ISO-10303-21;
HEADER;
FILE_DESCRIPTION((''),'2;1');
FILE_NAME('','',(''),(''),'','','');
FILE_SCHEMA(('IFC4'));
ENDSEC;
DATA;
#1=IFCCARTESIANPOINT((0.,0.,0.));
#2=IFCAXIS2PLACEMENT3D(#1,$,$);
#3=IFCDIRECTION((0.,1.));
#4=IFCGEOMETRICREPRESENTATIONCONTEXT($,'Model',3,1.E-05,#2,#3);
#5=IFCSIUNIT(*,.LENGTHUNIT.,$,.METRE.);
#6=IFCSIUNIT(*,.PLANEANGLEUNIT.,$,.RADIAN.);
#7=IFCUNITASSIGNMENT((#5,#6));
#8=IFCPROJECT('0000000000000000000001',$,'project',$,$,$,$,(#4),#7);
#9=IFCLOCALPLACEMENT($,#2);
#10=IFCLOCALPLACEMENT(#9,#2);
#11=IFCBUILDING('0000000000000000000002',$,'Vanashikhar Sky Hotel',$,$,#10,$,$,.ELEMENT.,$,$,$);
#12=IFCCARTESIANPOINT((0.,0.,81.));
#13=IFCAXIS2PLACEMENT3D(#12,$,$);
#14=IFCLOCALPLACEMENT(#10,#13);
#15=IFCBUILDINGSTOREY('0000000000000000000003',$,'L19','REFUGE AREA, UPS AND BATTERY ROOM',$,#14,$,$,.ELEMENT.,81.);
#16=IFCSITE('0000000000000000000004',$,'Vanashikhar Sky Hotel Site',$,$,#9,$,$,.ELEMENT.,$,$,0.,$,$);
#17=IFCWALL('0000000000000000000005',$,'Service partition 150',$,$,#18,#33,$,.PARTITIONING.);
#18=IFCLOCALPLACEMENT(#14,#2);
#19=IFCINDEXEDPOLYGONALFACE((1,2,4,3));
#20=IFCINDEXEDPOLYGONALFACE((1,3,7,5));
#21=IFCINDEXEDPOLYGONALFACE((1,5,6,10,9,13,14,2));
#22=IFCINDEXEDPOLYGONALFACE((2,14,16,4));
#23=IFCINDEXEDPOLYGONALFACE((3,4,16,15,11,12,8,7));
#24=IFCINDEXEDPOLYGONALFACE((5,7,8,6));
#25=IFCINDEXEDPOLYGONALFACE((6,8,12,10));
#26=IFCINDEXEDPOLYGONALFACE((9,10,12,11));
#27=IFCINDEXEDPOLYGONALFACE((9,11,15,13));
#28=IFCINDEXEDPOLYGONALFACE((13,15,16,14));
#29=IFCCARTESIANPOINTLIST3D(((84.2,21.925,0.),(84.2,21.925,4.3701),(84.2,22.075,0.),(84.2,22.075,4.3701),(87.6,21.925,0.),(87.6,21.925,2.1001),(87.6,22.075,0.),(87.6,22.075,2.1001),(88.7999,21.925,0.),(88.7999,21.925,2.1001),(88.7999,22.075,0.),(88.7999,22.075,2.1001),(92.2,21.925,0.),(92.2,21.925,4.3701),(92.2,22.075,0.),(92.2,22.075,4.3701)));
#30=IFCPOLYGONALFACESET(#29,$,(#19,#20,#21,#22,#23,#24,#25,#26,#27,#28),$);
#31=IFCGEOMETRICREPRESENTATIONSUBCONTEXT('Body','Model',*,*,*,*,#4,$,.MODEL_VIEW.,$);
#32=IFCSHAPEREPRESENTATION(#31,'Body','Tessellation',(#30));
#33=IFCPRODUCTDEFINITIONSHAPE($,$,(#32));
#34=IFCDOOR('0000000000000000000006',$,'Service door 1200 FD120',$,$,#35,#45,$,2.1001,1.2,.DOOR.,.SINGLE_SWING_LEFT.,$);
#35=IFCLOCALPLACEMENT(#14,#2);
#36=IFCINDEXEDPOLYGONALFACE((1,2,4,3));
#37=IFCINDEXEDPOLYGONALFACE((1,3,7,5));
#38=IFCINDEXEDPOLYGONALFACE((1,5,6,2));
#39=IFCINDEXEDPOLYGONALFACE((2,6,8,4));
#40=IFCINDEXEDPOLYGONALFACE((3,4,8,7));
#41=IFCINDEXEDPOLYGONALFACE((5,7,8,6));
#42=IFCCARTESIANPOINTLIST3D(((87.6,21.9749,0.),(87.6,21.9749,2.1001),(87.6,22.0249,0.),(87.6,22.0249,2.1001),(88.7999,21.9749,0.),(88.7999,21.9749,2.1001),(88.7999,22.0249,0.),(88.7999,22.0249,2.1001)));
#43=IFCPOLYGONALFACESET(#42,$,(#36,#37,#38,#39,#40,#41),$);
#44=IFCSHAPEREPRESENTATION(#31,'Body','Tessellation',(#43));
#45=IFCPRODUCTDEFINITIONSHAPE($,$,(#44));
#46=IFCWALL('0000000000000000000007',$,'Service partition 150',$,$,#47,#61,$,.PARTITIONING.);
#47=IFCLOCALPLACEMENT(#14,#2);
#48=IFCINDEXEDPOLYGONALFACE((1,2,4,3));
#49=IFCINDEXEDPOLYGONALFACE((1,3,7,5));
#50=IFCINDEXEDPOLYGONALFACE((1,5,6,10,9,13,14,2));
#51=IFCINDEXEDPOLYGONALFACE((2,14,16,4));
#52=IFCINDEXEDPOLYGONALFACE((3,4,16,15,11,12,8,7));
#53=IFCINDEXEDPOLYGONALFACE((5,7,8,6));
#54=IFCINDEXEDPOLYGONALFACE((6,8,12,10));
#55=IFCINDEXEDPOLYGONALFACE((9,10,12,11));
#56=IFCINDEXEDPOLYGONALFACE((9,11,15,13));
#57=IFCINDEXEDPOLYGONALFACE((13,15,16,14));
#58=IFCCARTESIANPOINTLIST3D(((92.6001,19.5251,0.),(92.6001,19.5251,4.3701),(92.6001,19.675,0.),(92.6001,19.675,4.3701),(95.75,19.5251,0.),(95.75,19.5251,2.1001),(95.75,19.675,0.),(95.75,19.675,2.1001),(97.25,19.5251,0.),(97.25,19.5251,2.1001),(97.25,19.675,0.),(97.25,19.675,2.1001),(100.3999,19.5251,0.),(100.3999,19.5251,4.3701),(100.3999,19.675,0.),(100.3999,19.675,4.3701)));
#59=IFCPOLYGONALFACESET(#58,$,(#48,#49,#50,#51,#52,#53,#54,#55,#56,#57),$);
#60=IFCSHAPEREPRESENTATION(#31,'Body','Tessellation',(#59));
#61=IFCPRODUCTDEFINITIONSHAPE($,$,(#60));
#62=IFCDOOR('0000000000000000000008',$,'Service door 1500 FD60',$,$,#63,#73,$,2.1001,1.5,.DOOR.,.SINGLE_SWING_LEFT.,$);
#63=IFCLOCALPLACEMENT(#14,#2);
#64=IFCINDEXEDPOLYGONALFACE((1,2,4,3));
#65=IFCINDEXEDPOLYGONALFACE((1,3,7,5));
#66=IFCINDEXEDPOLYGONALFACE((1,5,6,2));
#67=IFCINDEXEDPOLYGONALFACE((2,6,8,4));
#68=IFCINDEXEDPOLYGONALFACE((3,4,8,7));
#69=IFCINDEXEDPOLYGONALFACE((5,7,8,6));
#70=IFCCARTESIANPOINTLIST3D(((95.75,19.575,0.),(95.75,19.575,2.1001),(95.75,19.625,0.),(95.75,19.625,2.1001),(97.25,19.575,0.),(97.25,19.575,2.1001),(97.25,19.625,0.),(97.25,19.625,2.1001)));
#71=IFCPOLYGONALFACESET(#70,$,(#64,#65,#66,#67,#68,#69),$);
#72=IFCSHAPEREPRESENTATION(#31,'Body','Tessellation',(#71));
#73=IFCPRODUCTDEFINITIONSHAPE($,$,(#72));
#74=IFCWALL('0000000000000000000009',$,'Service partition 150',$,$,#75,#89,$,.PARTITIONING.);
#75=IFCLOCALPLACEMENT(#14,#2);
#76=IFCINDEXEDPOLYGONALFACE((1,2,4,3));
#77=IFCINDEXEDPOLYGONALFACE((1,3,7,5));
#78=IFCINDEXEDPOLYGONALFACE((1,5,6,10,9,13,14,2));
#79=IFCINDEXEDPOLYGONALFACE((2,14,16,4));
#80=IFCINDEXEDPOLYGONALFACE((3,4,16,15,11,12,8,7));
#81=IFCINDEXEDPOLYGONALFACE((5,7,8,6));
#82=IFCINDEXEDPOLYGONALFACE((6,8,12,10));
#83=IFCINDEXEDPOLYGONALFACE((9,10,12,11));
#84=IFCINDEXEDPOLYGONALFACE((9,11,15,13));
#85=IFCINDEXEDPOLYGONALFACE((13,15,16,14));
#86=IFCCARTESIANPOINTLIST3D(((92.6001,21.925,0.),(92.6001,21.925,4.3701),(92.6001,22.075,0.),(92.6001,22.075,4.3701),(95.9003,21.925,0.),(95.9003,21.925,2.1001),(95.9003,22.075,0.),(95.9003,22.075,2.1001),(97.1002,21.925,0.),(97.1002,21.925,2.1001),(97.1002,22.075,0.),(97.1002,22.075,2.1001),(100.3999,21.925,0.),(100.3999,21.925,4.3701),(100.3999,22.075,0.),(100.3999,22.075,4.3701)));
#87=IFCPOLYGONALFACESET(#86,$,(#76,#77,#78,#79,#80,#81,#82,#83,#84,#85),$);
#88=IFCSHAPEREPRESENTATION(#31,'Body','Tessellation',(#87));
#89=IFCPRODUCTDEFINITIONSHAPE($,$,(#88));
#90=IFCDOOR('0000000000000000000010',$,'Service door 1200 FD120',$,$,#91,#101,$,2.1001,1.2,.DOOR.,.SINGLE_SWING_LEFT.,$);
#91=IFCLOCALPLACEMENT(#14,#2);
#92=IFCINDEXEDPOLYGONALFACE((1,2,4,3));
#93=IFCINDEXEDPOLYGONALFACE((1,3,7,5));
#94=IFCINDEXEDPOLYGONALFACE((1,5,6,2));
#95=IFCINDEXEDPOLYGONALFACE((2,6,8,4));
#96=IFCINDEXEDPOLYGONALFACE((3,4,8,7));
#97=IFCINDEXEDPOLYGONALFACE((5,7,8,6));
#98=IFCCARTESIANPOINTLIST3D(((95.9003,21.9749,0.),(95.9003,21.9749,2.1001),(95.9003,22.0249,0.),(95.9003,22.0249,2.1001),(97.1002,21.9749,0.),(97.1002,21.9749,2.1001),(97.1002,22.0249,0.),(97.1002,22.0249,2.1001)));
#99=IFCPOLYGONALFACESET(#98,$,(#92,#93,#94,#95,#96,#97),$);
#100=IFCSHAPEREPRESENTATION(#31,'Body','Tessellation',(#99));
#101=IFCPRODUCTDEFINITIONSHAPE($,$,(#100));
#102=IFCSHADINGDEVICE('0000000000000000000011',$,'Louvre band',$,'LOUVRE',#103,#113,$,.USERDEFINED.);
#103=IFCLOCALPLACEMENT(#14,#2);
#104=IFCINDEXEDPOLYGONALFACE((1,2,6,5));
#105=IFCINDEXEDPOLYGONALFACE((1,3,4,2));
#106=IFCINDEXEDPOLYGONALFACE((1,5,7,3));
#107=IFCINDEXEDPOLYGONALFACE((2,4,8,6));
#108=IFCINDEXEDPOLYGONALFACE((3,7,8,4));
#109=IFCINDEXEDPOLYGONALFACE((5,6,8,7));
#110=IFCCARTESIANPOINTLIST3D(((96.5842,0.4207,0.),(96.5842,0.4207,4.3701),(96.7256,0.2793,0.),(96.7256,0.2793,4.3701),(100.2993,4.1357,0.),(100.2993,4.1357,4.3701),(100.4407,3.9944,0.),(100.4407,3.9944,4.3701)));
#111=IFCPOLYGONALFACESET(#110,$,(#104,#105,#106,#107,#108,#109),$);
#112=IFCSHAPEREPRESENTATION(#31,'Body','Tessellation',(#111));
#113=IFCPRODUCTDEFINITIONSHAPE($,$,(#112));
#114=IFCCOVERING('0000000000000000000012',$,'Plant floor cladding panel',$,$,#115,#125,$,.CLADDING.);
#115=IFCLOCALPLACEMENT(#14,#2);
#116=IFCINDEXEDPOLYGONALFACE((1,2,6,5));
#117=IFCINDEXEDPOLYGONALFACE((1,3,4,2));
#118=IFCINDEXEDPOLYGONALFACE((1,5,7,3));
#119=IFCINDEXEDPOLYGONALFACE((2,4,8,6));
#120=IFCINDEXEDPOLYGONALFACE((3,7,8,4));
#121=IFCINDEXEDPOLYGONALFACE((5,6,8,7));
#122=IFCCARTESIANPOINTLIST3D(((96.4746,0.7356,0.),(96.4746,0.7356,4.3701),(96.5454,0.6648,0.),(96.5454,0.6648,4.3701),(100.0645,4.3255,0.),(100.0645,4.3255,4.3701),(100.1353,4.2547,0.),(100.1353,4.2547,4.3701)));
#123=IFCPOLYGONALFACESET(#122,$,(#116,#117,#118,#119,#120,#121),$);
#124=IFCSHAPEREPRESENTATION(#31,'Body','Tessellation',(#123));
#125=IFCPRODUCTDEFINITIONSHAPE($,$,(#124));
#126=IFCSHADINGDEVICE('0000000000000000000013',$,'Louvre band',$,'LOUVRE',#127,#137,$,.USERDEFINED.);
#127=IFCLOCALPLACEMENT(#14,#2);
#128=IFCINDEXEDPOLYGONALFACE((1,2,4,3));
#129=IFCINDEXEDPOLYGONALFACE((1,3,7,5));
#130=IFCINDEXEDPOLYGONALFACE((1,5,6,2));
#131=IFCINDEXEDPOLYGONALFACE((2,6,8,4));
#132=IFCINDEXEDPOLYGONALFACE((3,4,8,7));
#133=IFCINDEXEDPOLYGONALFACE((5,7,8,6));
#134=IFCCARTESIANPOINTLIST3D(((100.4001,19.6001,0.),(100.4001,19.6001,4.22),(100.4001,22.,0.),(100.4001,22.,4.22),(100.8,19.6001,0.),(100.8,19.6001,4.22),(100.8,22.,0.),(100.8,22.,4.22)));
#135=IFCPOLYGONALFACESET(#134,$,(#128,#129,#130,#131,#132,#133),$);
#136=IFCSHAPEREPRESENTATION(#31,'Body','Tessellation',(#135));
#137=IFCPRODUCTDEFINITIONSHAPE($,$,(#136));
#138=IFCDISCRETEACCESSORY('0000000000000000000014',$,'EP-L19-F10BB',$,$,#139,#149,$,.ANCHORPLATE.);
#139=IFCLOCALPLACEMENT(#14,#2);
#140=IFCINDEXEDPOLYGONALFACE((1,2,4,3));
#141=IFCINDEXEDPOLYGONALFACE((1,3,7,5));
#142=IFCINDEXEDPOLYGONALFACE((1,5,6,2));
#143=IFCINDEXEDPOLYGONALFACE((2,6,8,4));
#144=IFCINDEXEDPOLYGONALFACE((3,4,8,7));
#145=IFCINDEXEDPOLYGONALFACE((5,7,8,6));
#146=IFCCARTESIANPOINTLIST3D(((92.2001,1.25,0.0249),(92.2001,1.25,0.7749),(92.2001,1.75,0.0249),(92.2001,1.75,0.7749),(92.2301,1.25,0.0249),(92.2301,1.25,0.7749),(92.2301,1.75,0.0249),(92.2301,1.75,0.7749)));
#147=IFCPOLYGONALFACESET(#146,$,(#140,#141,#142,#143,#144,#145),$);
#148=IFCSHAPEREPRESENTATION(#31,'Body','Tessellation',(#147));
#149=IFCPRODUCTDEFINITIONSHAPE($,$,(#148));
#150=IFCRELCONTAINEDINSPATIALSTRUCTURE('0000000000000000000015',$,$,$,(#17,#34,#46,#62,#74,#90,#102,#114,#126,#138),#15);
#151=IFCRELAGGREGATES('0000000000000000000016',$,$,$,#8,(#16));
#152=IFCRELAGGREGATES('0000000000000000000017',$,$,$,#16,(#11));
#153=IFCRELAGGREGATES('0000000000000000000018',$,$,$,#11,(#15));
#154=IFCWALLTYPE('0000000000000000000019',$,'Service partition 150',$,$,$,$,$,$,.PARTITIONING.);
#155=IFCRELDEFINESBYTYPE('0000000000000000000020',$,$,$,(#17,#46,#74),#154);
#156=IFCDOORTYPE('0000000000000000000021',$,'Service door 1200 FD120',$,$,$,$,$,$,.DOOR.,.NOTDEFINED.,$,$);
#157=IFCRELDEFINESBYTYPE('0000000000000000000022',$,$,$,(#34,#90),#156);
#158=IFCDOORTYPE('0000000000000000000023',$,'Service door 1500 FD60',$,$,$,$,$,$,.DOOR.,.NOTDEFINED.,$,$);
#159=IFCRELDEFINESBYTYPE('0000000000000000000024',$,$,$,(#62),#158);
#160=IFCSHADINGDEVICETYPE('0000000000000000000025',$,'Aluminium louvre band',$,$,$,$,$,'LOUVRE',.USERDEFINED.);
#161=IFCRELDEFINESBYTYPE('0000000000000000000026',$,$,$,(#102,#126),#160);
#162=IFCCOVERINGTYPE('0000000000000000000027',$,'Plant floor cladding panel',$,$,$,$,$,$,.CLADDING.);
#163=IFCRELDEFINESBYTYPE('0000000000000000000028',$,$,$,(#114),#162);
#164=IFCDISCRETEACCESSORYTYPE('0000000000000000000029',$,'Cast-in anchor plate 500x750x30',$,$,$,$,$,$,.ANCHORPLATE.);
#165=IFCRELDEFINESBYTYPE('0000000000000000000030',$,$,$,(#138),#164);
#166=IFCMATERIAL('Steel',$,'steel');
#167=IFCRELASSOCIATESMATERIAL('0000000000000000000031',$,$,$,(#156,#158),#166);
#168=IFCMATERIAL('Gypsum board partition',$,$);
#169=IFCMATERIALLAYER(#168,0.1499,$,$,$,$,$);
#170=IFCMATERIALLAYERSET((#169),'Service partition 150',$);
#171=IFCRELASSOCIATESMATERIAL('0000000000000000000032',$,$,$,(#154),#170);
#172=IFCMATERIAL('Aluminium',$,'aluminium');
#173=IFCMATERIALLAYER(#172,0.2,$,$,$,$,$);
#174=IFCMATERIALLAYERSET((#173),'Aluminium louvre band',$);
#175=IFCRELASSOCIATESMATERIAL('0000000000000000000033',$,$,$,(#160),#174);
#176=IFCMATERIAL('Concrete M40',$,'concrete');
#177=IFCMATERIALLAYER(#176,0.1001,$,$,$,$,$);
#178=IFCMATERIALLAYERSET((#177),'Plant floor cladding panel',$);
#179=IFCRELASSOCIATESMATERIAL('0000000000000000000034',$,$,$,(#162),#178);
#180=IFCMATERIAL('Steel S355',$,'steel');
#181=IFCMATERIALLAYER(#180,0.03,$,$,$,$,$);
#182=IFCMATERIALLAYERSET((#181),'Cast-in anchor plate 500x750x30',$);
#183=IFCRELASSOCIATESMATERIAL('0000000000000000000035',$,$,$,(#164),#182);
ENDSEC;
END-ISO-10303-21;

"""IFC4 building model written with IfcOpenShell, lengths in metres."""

from ifc_helpers import new_model, si_unit, direction, frame, frame_2d, origin, origin_2d, place, context, subcontext, project, spatial, rectangle, extrude, source, transform, mapped, material, layer, layer_set, type_object, element, fill, save


model = new_model("IFC4")

# Units and contexts
model_context = context("Model", 3, precision=1e-05, world=origin(), true_north=direction((0.0, 1.0)))
body_context = subcontext(model_context, "Body", "Model", "MODEL_VIEW")
ifc_project = project(units=[si_unit("LENGTHUNIT", "METRE"), si_unit("PLANEANGLEUNIT", "RADIAN")], contexts=[model_context])

# Site, building, storey
site_placement = place(None, origin())
site = spatial("IfcSite", under=ifc_project, at=site_placement, Name="Vanashikhar Sky Hotel Site", CompositionType="ELEMENT", RefElevation=0.0)
building_placement = place(site_placement, origin())
building = spatial("IfcBuilding", under=site, at=building_placement, Name="Vanashikhar Sky Hotel", CompositionType="ELEMENT")
storey_placement = place(building_placement, frame((0.0, 0.0, 81.0)))
storey = spatial("IfcBuildingStorey", under=building, at=storey_placement, Name="L19", Description="REFUGE AREA, UPS AND BATTERY ROOM", CompositionType="ELEMENT", Elevation=81.0)

# Shared definitions
ifc_material_1 = material(Name="Steel S355", Category="steel")

# Walls, openings, doors
ifc_material_2 = material(Name="Steel", Category="steel")
door_type_1 = type_object("IfcDoorType", Name="Service door 1200 FD120", OperationType="NOTDEFINED", PredefinedType="DOOR", material=ifc_material_2)
shared_shape_1 = source(origin(), body_context, "Body", "SweptSolid", [
    extrude(rectangle(XDim=1.2, YDim=2.1001, at=frame_2d((0.6001, 1.05))), frame((0.0, 0.0249, 0.0), z_axis=(0.0, -1.0, 0.0), x_axis=(1.0, 0.0, 0.0)), (0.0, 0.0, 1.0), 0.05),
])
ifc_material_3 = material(Name="Gypsum board partition")
ifc_layer_1 = layer(ifc_material_3, 0.1499)
ifc_layer_set_1 = layer_set([ifc_layer_1], Name="Service partition 150")
wall_type_1 = type_object("IfcWallType", Name="Service partition 150", PredefinedType="PARTITIONING", material=ifc_layer_set_1)
shared_shape_2 = source(origin(), body_context, "Body", "SweptSolid", [
    extrude(rectangle(XDim=8.0, YDim=0.1499, at=frame_2d((4.0, 0.0))), origin(), (0.0, 0.0, 1.0), 4.3701),
])
shared_shape_3 = source(origin(), body_context, "Body", "SweptSolid", [
    extrude(rectangle(XDim=1.5, YDim=2.1001, at=frame_2d((0.75, 1.05))), frame((0.0, 0.085, 0.0), z_axis=(0.0, -1.0, 0.0), x_axis=(1.0, 0.0, 0.0)), (0.0, 0.0, 1.0), 0.1699),
])
door_type_2 = type_object("IfcDoorType", Name="Service door 1500 FD60", OperationType="NOTDEFINED", PredefinedType="DOOR", material=ifc_material_2)
shared_shape_4 = source(origin(), body_context, "Body", "SweptSolid", [
    extrude(rectangle(XDim=1.5, YDim=2.1001, at=frame_2d((0.75, 1.05))), frame((0.0, 0.0249, 0.0), z_axis=(0.0, -1.0, 0.0), x_axis=(1.0, 0.0, 0.0)), (0.0, 0.0, 1.0), 0.05),
])
wall_1_placement = place(storey_placement, frame((84.2, 22.0, 0.0), z_axis=(0.0, 0.0, 1.0), x_axis=(1.0, 0.0, 0.0)))
wall_1 = element("IfcWall", 1, at=wall_1_placement, inside=storey, type_object=wall_type_1, Name="Service partition 150", PredefinedType="PARTITIONING", context=body_context, shape_type="MappedRepresentation", body=[
    mapped(shared_shape_2, transform((0.0, 0.0, 0.0), scale=1.0)),
])
shared_shape_5 = source(origin(), body_context, "Body", "SweptSolid", [
    extrude(rectangle(XDim=1.2, YDim=2.1001, at=frame_2d((0.6001, 1.05))), frame((0.0, 0.085, 0.0), z_axis=(0.0, -1.0, 0.0), x_axis=(1.0, 0.0, 0.0)), (0.0, 0.0, 1.0), 0.1699),
])
opening_1_placement = place(wall_1_placement, frame((3.3999, 0.0, 0.0)))
opening_1 = element("IfcOpeningElement", 2, at=opening_1_placement, cuts=wall_1, PredefinedType="OPENING", context=body_context, shape_type="MappedRepresentation", body=[
    mapped(shared_shape_5, transform((0.0, 0.0, 0.0), scale=1.0)),
])
door_1_placement = place(opening_1_placement, origin())
door_1 = element("IfcDoor", 3, at=door_1_placement, inside=storey, type_object=door_type_1, Name="Service door 1200 FD120", OperationType="SINGLE_SWING_LEFT", OverallHeight=2.1001, OverallWidth=1.2, PredefinedType="DOOR", context=body_context, shape_type="MappedRepresentation", body=[
    mapped(shared_shape_1, transform((0.0, 0.0, 0.0), scale=1.0)),
])
fill(opening_1, door_1)
shared_shape_6 = source(origin(), body_context, "Body", "SweptSolid", [
    extrude(rectangle(XDim=7.7998, YDim=0.1499, at=frame_2d((3.8999, 0.0))), origin(), (0.0, 0.0, 1.0), 4.3701),
])
wall_2_placement = place(storey_placement, frame((92.6001, 19.6001, 0.0), z_axis=(0.0, 0.0, 1.0), x_axis=(1.0, 0.0, 0.0)))
wall_2 = element("IfcWall", 4, at=wall_2_placement, inside=storey, type_object=wall_type_1, Name="Service partition 150", PredefinedType="PARTITIONING", context=body_context, shape_type="MappedRepresentation", body=[
    mapped(shared_shape_6, transform((0.0, 0.0, 0.0), scale=1.0)),
])
opening_2_placement = place(wall_2_placement, frame((3.1499, 0.0, 0.0)))
opening_2 = element("IfcOpeningElement", 5, at=opening_2_placement, cuts=wall_2, PredefinedType="OPENING", context=body_context, shape_type="MappedRepresentation", body=[
    mapped(shared_shape_3, transform((0.0, 0.0, 0.0), scale=1.0)),
])
door_2_placement = place(opening_2_placement, origin())
door_2 = element("IfcDoor", 6, at=door_2_placement, inside=storey, type_object=door_type_2, Name="Service door 1500 FD60", OperationType="SINGLE_SWING_LEFT", OverallHeight=2.1001, OverallWidth=1.5, PredefinedType="DOOR", context=body_context, shape_type="MappedRepresentation", body=[
    mapped(shared_shape_4, transform((0.0, 0.0, 0.0), scale=1.0)),
])
fill(opening_2, door_2)
wall_3_placement = place(storey_placement, frame((92.6001, 22.0, 0.0), z_axis=(0.0, 0.0, 1.0), x_axis=(1.0, 0.0, 0.0)))
wall_3 = element("IfcWall", 7, at=wall_3_placement, inside=storey, type_object=wall_type_1, Name="Service partition 150", PredefinedType="PARTITIONING", context=body_context, shape_type="MappedRepresentation", body=[
    mapped(shared_shape_6, transform((0.0, 0.0, 0.0), scale=1.0)),
])
opening_3_placement = place(wall_3_placement, frame((3.3, 0.0, 0.0)))
opening_3 = element("IfcOpeningElement", 8, at=opening_3_placement, cuts=wall_3, PredefinedType="OPENING", context=body_context, shape_type="MappedRepresentation", body=[
    mapped(shared_shape_5, transform((0.0, 0.0, 0.0), scale=1.0)),
])
door_3_placement = place(opening_3_placement, origin())
door_3 = element("IfcDoor", 9, at=door_3_placement, inside=storey, type_object=door_type_1, Name="Service door 1200 FD120", OperationType="SINGLE_SWING_LEFT", OverallHeight=2.1001, OverallWidth=1.2, PredefinedType="DOOR", context=body_context, shape_type="MappedRepresentation", body=[
    mapped(shared_shape_1, transform((0.0, 0.0, 0.0), scale=1.0)),
])
fill(opening_3, door_3)

# Shading device
ifc_material_4 = material(Name="Aluminium", Category="aluminium")
ifc_layer_2 = layer(ifc_material_4, 0.2)
ifc_layer_set_2 = layer_set([ifc_layer_2], Name="Aluminium louvre band")
shading_device_type = type_object("IfcShadingDeviceType", Name="Aluminium louvre band", ElementType="LOUVRE", PredefinedType="USERDEFINED", material=ifc_layer_set_2)
shared_shape_7 = source(origin(), body_context, "Body", "SweptSolid", [
    extrude(rectangle(XDim=5.2539, YDim=0.2, at=origin_2d()), origin(), (0.0, 0.0, 1.0), 4.3701),
])
shading_device_1_placement = place(storey_placement, frame((98.5125, 2.2075, 0.0), z_axis=(0.0, 0.0, 1.0), x_axis=(0.707107, 0.707107, 0.0)))
element("IfcShadingDevice", 10, at=shading_device_1_placement, inside=storey, type_object=shading_device_type, Name="Louvre band", ObjectType="LOUVRE", PredefinedType="USERDEFINED", context=body_context, shape_type="MappedRepresentation", body=[
    mapped(shared_shape_7, transform((0.0, 0.0, 0.0), scale=1.0)),
])

# Covering
ifc_material_5 = material(Name="Concrete M40", Category="concrete")
ifc_layer_3 = layer(ifc_material_5, 0.1001)
ifc_layer_set_3 = layer_set([ifc_layer_3], Name="Plant floor cladding panel")
covering_type = type_object("IfcCoveringType", Name="Plant floor cladding panel", PredefinedType="CLADDING", material=ifc_layer_set_3)
shared_shape_8 = source(origin(), body_context, "Body", "SweptSolid", [
    extrude(rectangle(XDim=5.0769, YDim=0.1001, at=origin_2d()), origin(), (0.0, 0.0, 1.0), 4.3701),
])
covering_placement = place(storey_placement, frame((98.3049, 2.4951, 0.0), z_axis=(0.0, 0.0, 1.0), x_axis=(0.707107, 0.707107, 0.0)))
element("IfcCovering", 11, at=covering_placement, inside=storey, type_object=covering_type, Name="Plant floor cladding panel", PredefinedType="CLADDING", context=body_context, shape_type="MappedRepresentation", body=[
    mapped(shared_shape_8, transform((0.0, 0.0, 0.0), scale=1.0)),
])

# Shading device
shared_shape_9 = source(origin(), body_context, "Body", "SweptSolid", [
    extrude(rectangle(XDim=0.3999, YDim=2.3999, at=origin_2d()), origin(), (0.0, 0.0, 1.0), 4.22),
])
shading_device_2_placement = place(storey_placement, frame((100.6001, 20.8, 0.0), z_axis=(0.0, 0.0, 1.0), x_axis=(1.0, 0.0, 0.0)))
element("IfcShadingDevice", 12, at=shading_device_2_placement, inside=storey, type_object=shading_device_type, Name="Louvre band", ObjectType="LOUVRE", PredefinedType="USERDEFINED", context=body_context, shape_type="MappedRepresentation", body=[
    mapped(shared_shape_9, transform((0.0, 0.0, 0.0), scale=1.0)),
])

# Discrete accessory
ifc_layer_4 = layer(ifc_material_1, 0.03)
ifc_layer_set_4 = layer_set([ifc_layer_4], Name="Cast-in anchor plate 500x750x30")
discrete_accessory_type_1 = type_object("IfcDiscreteAccessoryType", Name="Cast-in anchor plate 500x750x30", PredefinedType="ANCHORPLATE", material=ifc_layer_set_4)
shared_shape_10 = source(origin(), body_context, "Body", "SweptSolid", [
    extrude(rectangle(XDim=0.03, YDim=0.5, at=origin_2d()), origin(), (0.0, 0.0, 1.0), 0.75),
])
discrete_accessory_1_placement = place(storey_placement, frame((92.2151, 1.5, 0.0249), z_axis=(0.0, 0.0, 1.0), x_axis=(1.0, 0.0, 0.0)))
element("IfcDiscreteAccessory", 13, at=discrete_accessory_1_placement, inside=storey, type_object=discrete_accessory_type_1, Name="EP-L19-F10BB", PredefinedType="ANCHORPLATE", context=body_context, shape_type="MappedRepresentation", body=[
    mapped(shared_shape_10, transform((0.0, 0.0, 0.0), scale=1.0)),
])

save(model, "model.ifc")
